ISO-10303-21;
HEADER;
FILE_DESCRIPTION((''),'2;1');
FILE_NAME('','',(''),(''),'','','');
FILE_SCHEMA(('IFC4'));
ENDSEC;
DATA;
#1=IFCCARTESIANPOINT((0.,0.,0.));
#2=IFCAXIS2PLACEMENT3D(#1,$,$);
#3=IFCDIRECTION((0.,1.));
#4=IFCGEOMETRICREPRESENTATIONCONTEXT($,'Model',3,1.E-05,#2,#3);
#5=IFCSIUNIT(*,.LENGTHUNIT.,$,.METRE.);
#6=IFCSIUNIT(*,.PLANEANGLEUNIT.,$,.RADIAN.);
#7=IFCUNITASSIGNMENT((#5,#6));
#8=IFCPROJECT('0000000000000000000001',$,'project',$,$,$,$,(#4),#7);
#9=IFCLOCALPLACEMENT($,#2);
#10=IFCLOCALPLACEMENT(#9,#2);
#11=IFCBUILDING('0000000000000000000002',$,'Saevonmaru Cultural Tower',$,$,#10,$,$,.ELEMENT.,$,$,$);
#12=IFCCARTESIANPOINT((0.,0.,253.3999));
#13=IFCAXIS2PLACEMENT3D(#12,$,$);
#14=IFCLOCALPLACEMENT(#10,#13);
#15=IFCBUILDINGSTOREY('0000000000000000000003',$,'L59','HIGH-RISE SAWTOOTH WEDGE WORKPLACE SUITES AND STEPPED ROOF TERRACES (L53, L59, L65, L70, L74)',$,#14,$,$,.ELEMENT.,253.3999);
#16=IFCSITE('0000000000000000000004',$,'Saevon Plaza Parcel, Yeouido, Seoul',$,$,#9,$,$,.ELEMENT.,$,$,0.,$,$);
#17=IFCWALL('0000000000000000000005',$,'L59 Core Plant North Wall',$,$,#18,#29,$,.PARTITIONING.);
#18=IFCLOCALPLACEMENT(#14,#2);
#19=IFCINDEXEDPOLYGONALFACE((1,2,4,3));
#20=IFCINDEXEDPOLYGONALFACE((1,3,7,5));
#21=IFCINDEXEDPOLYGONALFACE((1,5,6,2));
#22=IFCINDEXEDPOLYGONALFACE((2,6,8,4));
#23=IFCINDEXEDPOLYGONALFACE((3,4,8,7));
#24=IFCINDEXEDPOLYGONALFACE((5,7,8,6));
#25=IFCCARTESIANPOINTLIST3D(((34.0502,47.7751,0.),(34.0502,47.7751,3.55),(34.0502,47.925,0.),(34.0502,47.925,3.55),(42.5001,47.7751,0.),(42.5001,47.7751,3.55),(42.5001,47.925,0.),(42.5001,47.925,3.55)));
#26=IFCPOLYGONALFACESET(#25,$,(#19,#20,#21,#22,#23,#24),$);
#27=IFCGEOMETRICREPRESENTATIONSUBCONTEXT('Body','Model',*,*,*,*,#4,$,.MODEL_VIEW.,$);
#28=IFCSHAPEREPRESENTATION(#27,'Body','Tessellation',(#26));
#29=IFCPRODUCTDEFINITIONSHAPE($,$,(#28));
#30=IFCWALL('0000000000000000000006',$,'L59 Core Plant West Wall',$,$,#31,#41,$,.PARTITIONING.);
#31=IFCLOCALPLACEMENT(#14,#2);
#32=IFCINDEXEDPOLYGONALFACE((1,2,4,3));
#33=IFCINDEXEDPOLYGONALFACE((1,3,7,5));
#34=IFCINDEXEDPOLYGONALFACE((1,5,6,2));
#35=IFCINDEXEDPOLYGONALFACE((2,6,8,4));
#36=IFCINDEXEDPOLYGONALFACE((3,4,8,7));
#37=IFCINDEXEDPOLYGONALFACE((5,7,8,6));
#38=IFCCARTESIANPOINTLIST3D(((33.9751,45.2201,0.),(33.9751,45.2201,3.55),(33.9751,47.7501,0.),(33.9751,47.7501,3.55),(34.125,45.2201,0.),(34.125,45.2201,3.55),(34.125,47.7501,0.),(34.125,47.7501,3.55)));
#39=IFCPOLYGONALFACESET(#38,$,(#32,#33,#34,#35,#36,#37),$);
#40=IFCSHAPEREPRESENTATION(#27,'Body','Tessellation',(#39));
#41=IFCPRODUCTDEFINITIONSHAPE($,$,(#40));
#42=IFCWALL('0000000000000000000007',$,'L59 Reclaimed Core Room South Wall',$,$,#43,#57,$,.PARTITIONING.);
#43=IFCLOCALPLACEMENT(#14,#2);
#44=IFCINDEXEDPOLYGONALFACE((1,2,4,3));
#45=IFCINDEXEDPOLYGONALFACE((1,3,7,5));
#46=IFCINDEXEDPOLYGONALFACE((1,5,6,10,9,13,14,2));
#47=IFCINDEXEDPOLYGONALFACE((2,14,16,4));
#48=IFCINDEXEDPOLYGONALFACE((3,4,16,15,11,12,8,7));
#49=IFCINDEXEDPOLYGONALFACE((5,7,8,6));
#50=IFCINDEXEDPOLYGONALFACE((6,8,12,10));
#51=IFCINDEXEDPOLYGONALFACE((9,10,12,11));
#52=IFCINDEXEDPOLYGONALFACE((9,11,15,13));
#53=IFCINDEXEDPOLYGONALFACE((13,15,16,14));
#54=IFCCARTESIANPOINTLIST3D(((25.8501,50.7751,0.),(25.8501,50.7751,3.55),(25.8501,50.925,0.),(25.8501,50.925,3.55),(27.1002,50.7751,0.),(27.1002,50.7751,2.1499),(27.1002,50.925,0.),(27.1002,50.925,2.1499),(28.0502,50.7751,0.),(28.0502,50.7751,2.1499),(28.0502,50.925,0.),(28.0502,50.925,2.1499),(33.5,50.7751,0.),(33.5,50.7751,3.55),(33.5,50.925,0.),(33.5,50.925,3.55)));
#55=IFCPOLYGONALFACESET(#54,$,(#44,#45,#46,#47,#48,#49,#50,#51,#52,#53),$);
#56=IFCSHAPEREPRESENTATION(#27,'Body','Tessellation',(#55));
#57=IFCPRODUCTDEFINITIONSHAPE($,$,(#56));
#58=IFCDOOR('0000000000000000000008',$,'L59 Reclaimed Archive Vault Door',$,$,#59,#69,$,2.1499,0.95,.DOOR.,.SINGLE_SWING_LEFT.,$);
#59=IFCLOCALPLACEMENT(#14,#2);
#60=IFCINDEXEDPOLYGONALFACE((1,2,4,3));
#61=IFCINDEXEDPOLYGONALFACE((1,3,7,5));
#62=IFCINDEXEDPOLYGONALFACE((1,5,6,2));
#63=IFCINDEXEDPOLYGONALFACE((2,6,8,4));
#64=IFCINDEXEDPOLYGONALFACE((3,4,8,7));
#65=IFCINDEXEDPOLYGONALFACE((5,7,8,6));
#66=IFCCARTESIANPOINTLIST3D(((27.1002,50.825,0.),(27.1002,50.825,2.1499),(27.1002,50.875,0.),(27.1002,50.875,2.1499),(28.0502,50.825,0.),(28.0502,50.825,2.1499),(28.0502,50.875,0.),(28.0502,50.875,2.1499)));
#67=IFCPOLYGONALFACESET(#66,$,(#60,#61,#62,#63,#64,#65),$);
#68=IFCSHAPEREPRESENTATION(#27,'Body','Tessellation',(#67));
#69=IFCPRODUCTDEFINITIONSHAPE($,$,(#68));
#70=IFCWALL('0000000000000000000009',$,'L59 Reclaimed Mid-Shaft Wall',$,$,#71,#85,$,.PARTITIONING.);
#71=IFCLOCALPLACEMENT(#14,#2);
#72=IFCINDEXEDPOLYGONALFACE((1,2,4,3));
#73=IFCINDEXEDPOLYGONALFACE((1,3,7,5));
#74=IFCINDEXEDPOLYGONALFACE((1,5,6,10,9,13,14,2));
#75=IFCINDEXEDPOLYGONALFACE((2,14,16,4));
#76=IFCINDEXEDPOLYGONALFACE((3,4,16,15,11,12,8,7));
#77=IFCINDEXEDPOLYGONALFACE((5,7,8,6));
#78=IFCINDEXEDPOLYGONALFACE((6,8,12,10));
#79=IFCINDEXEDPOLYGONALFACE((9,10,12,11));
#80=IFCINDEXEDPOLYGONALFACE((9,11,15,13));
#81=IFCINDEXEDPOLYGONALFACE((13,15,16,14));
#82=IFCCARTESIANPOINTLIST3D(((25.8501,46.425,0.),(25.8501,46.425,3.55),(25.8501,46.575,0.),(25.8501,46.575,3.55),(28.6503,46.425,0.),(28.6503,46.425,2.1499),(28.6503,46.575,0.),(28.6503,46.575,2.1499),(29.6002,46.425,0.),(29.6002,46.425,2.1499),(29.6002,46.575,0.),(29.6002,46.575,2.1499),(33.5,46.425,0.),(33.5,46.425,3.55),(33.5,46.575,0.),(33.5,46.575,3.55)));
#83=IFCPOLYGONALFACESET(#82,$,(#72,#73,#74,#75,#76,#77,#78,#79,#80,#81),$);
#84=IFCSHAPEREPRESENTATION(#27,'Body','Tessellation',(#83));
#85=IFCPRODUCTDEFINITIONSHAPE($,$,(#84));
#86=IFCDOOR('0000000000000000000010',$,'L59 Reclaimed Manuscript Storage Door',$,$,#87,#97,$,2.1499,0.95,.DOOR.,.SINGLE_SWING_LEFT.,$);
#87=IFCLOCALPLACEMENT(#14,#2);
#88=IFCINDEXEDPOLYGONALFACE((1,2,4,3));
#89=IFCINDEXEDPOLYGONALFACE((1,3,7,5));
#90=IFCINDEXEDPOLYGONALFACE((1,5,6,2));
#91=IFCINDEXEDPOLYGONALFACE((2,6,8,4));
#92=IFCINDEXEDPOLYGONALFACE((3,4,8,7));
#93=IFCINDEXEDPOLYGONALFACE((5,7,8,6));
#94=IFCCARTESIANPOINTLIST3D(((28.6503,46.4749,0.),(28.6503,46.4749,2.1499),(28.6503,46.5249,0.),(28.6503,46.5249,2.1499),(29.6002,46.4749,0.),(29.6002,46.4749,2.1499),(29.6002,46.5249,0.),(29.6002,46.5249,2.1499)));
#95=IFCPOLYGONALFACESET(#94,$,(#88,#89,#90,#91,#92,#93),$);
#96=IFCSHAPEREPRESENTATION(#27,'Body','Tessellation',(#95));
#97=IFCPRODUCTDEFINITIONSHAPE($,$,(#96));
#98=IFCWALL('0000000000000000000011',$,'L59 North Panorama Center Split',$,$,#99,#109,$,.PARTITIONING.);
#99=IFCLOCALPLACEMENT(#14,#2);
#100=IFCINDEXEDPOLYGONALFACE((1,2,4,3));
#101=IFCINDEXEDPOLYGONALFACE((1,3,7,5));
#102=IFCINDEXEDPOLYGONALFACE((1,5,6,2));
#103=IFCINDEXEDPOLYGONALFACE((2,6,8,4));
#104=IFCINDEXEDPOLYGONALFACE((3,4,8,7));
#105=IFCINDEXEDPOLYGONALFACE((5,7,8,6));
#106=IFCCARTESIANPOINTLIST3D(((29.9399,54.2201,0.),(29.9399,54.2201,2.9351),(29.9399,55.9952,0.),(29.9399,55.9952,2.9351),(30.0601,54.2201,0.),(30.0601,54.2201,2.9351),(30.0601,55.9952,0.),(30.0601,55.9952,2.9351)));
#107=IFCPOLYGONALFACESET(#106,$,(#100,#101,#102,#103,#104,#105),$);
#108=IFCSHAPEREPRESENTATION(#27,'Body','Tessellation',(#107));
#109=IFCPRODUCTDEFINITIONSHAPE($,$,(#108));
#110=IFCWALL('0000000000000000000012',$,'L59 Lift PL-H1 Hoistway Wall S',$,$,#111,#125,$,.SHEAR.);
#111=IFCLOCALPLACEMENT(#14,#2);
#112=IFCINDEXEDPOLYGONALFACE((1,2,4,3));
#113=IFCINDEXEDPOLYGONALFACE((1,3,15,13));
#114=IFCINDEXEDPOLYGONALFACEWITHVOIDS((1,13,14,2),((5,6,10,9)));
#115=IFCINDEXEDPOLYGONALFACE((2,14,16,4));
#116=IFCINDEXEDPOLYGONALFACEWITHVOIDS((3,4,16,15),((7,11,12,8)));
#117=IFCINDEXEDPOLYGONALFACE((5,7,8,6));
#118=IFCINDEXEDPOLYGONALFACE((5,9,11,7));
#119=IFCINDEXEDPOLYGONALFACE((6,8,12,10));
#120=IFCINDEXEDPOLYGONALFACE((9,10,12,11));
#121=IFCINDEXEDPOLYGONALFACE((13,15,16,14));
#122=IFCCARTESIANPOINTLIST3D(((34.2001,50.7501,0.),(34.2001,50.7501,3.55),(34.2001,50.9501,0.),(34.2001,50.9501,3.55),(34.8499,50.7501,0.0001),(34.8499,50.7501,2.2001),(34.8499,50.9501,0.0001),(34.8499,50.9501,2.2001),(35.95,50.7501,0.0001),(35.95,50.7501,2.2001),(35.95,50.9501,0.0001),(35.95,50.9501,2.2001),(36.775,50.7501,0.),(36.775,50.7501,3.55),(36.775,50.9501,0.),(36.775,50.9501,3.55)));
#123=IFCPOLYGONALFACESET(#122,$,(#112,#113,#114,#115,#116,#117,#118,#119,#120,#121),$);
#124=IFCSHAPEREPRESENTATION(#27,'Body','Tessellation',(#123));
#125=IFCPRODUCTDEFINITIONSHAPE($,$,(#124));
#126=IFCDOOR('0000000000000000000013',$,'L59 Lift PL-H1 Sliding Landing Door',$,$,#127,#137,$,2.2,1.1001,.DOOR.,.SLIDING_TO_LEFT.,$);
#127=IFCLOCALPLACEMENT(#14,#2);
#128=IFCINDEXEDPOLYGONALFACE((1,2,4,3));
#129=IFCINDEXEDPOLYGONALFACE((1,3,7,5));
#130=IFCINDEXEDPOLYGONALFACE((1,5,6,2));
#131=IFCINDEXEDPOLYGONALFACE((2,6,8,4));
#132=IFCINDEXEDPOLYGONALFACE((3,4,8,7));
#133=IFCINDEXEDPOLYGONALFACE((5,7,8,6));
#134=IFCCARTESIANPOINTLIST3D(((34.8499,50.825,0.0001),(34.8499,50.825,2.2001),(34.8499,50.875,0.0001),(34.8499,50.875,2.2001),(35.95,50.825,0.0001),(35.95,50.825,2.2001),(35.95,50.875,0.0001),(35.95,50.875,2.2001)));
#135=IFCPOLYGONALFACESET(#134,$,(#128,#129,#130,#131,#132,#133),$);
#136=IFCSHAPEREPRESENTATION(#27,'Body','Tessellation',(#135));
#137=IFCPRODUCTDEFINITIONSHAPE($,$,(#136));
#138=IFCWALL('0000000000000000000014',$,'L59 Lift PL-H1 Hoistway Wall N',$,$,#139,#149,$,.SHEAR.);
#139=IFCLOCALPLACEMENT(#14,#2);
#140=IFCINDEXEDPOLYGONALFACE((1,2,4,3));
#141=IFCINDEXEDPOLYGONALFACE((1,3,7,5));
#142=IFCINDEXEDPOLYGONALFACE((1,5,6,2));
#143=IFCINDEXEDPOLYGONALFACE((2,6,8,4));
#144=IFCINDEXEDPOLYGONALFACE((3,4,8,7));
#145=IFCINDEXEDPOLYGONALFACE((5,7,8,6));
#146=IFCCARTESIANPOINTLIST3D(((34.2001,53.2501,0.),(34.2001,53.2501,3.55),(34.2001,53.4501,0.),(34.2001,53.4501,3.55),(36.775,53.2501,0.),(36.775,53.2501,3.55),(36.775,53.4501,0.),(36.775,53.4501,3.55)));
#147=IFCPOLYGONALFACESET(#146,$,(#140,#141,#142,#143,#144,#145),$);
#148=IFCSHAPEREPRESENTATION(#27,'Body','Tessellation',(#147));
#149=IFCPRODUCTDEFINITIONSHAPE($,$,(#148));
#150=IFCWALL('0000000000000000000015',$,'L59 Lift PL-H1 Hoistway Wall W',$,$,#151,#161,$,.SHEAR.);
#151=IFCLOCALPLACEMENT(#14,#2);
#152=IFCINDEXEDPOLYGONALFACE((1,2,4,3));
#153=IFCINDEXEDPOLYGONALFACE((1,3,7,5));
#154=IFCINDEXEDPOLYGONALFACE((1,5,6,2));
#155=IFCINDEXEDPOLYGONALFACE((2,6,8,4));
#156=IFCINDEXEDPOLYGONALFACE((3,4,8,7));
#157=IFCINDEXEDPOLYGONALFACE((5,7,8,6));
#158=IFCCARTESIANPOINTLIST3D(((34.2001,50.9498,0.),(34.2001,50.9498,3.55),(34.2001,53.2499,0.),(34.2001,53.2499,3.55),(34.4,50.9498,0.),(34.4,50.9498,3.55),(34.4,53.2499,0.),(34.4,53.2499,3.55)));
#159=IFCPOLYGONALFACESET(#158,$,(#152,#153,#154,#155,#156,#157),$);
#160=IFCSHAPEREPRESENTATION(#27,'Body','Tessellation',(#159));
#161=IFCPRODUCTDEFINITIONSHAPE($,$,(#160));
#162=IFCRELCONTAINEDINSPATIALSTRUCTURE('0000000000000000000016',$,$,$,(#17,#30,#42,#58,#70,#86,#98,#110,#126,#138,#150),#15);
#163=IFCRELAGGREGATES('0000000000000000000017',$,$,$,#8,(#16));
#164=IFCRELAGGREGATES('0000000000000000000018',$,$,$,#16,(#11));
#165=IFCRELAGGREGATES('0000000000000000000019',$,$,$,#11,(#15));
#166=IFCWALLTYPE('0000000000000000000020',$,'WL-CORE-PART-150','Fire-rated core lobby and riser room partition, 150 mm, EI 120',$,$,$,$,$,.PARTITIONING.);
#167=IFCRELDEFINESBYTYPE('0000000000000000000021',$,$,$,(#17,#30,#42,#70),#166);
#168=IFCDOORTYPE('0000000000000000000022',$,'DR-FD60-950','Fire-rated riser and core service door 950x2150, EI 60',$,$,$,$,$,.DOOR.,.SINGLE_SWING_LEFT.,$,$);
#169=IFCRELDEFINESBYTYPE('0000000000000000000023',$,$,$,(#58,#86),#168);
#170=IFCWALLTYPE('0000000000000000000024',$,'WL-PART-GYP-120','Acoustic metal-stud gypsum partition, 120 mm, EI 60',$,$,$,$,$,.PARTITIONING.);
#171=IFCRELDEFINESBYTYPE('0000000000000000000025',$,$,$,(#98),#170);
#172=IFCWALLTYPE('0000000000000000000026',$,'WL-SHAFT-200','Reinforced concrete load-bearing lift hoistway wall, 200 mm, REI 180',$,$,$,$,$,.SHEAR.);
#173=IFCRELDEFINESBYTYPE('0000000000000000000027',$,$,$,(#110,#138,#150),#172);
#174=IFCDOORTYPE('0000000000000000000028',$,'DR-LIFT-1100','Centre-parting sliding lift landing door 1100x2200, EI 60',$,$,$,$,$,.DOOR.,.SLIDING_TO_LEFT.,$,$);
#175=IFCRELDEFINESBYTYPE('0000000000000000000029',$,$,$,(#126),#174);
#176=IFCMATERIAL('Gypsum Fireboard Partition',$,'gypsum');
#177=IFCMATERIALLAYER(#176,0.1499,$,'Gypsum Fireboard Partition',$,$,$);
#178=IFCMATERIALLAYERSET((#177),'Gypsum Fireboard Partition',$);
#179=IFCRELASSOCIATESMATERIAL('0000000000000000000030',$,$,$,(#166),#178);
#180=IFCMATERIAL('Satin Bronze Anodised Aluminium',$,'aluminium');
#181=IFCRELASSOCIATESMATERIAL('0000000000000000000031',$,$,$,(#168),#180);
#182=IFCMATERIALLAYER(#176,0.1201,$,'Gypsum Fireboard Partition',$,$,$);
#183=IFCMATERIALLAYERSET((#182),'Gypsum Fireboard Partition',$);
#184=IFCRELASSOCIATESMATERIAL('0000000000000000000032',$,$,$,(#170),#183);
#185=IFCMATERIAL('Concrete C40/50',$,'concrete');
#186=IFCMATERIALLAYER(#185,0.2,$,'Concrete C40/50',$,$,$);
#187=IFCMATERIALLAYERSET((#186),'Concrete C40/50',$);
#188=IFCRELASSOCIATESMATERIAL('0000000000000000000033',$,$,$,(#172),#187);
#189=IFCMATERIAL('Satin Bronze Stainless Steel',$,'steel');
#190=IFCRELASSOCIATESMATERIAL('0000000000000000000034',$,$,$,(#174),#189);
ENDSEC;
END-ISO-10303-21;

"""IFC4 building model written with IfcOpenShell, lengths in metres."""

from ifc_helpers import new_model, si_unit, direction, frame, frame_2d, origin, place, context, subcontext, project, spatial, rectangle, extrude, material, layer, layer_set, type_object, element, fill, save


model = new_model("IFC4")

# Units and contexts
model_context = context("Model", 3, precision=1e-05, world=origin(), true_north=direction((0.0, 1.0)))
body_context = subcontext(model_context, "Body", "Model", "MODEL_VIEW")
ifc_project = project(units=[si_unit("LENGTHUNIT", "METRE"), si_unit("PLANEANGLEUNIT", "RADIAN")], contexts=[model_context])

# Site, building, storey
site_placement = place(None, origin())
site = spatial("IfcSite", under=ifc_project, at=site_placement, Name="Saevon Plaza Parcel, Yeouido, Seoul", CompositionType="ELEMENT", RefElevation=0.0)
building_placement = place(site_placement, origin())
building = spatial("IfcBuilding", under=site, at=building_placement, Name="Saevonmaru Cultural Tower", CompositionType="ELEMENT")
storey_placement = place(building_placement, frame((0.0, 0.0, 253.3999)))
storey = spatial("IfcBuildingStorey", under=building, at=storey_placement, Name="L59", Description="HIGH-RISE SAWTOOTH WEDGE WORKPLACE SUITES AND STEPPED ROOF TERRACES (L53, L59, L65, L70, L74)", CompositionType="ELEMENT", Elevation=253.3999)

# Shared definitions
ifc_material_1 = material(Name="Satin Bronze Anodised Aluminium", Category="aluminium")

# Shared definitions
ifc_material_2 = material(Name="Gypsum Fireboard Partition", Category="gypsum")
ifc_layer_1 = layer(ifc_material_2, 0.1499, Name="Gypsum Fireboard Partition")
ifc_layer_set_1 = layer_set([ifc_layer_1], Name="Gypsum Fireboard Partition")
wall_type_1 = type_object("IfcWallType", Name="WL-CORE-PART-150", Description="Fire-rated core lobby and riser room partition, 150 mm, EI 120", PredefinedType="PARTITIONING", material=ifc_layer_set_1)

# Shared definitions
door_type_1 = type_object("IfcDoorType", Name="DR-FD60-950", Description="Fire-rated riser and core service door 950x2150, EI 60", OperationType="SINGLE_SWING_LEFT", PredefinedType="DOOR", material=ifc_material_1)

# Walls
wall_1_placement = place(storey_placement, frame((34.05, 47.8501, 0.0), z_axis=(0.0, 0.0, 1.0), x_axis=(1.0, 0.0, 0.0)))
element("IfcWall", 1, at=wall_1_placement, inside=storey, type_object=wall_type_1, Name="L59 Core Plant North Wall", PredefinedType="PARTITIONING", context=body_context, shape_type="SweptSolid", body=[
    extrude(rectangle(XDim=8.45, YDim=0.1499, at=frame_2d((4.2251, 0.0))), origin(), (0.0, 0.0, 1.0), 3.55),
])
wall_2_placement = place(storey_placement, frame((34.05, 45.22, 0.0), z_axis=(0.0, 0.0, 1.0), x_axis=(0.0, 1.0, 0.0)))
element("IfcWall", 2, at=wall_2_placement, inside=storey, type_object=wall_type_1, Name="L59 Core Plant West Wall", PredefinedType="PARTITIONING", context=body_context, shape_type="SweptSolid", body=[
    extrude(rectangle(XDim=2.53, YDim=0.1499, at=frame_2d((1.2651, 0.0))), origin(), (0.0, 0.0, 1.0), 3.55),
])

# Walls, openings, doors
wall_3_placement = place(storey_placement, frame((25.8501, 50.8501, 0.0), z_axis=(0.0, 0.0, 1.0), x_axis=(1.0, 0.0, 0.0)))
wall_3 = element("IfcWall", 3, at=wall_3_placement, inside=storey, type_object=wall_type_1, Name="L59 Reclaimed Core Room South Wall", PredefinedType="PARTITIONING", context=body_context, shape_type="SweptSolid", body=[
    extrude(rectangle(XDim=7.6499, YDim=0.1499, at=frame_2d((3.825, 0.0))), origin(), (0.0, 0.0, 1.0), 3.55),
])
opening_1_placement = place(wall_3_placement, frame((1.25, 0.0, 0.0)))
opening_1 = element("IfcOpeningElement", 4, at=opening_1_placement, cuts=wall_3, PredefinedType="OPENING", context=body_context, shape_type="SweptSolid", body=[
    extrude(rectangle(XDim=0.95, YDim=2.1499, at=frame_2d((0.4751, 1.075))), frame((0.0, 0.085, 0.0), z_axis=(0.0, -1.0, 0.0), x_axis=(1.0, 0.0, 0.0)), (0.0, 0.0, 1.0), 0.1699),
])
door_1_placement = place(opening_1_placement, origin())
door_1 = element("IfcDoor", 5, at=door_1_placement, inside=storey, type_object=door_type_1, Name="L59 Reclaimed Archive Vault Door", OperationType="SINGLE_SWING_LEFT", OverallHeight=2.1499, OverallWidth=0.95, PredefinedType="DOOR", context=body_context, shape_type="SweptSolid", body=[
    extrude(rectangle(XDim=0.95, YDim=2.1499, at=frame_2d((0.4751, 1.075))), frame((0.0, 0.0249, 0.0), z_axis=(0.0, -1.0, 0.0), x_axis=(1.0, 0.0, 0.0)), (0.0, 0.0, 1.0), 0.05),
])
fill(opening_1, door_1)
wall_4_placement = place(storey_placement, frame((25.8501, 46.5, 0.0), z_axis=(0.0, 0.0, 1.0), x_axis=(1.0, 0.0, 0.0)))
wall_4 = element("IfcWall", 6, at=wall_4_placement, inside=storey, type_object=wall_type_1, Name="L59 Reclaimed Mid-Shaft Wall", PredefinedType="PARTITIONING", context=body_context, shape_type="SweptSolid", body=[
    extrude(rectangle(XDim=7.6499, YDim=0.1499, at=frame_2d((3.825, 0.0))), origin(), (0.0, 0.0, 1.0), 3.55),
])
opening_2_placement = place(wall_4_placement, frame((2.8, 0.0, 0.0)))
opening_2 = element("IfcOpeningElement", 7, at=opening_2_placement, cuts=wall_4, PredefinedType="OPENING", context=body_context, shape_type="SweptSolid", body=[
    extrude(rectangle(XDim=0.95, YDim=2.1499, at=frame_2d((0.4751, 1.075))), frame((0.0, 0.085, 0.0), z_axis=(0.0, -1.0, 0.0), x_axis=(1.0, 0.0, 0.0)), (0.0, 0.0, 1.0), 0.1699),
])
door_2_placement = place(opening_2_placement, origin())
door_2 = element("IfcDoor", 8, at=door_2_placement, inside=storey, type_object=door_type_1, Name="L59 Reclaimed Manuscript Storage Door", OperationType="SINGLE_SWING_LEFT", OverallHeight=2.1499, OverallWidth=0.95, PredefinedType="DOOR", context=body_context, shape_type="SweptSolid", body=[
    extrude(rectangle(XDim=0.95, YDim=2.1499, at=frame_2d((0.4751, 1.075))), frame((0.0, 0.0249, 0.0), z_axis=(0.0, -1.0, 0.0), x_axis=(1.0, 0.0, 0.0)), (0.0, 0.0, 1.0), 0.05),
])
fill(opening_2, door_2)

# Wall
ifc_layer_2 = layer(ifc_material_2, 0.1201, Name="Gypsum Fireboard Partition")
ifc_layer_set_2 = layer_set([ifc_layer_2], Name="Gypsum Fireboard Partition")
wall_type_2 = type_object("IfcWallType", Name="WL-PART-GYP-120", Description="Acoustic metal-stud gypsum partition, 120 mm, EI 60", PredefinedType="PARTITIONING", material=ifc_layer_set_2)
wall_5_placement = place(storey_placement, frame((30.0, 54.22, 0.0), z_axis=(0.0, 0.0, 1.0), x_axis=(0.0, 1.0, 0.0)))
element("IfcWall", 9, at=wall_5_placement, inside=storey, type_object=wall_type_2, Name="L59 North Panorama Center Split", PredefinedType="PARTITIONING", context=body_context, shape_type="SweptSolid", body=[
    extrude(rectangle(XDim=1.7751, YDim=0.1201, at=frame_2d((0.8877, 0.0))), origin(), (0.0, 0.0, 1.0), 2.9351),
])

# Wall, opening, door
ifc_material_3 = material(Name="Concrete C40/50", Category="concrete")
ifc_layer_3 = layer(ifc_material_3, 0.2, Name="Concrete C40/50")
ifc_layer_set_3 = layer_set([ifc_layer_3], Name="Concrete C40/50")
wall_type_3 = type_object("IfcWallType", Name="WL-SHAFT-200", Description="Reinforced concrete load-bearing lift hoistway wall, 200 mm, REI 180", PredefinedType="SHEAR", material=ifc_layer_set_3)
wall_6_placement = place(storey_placement, frame((34.2, 50.8501, 0.0), z_axis=(0.0, 0.0, 1.0), x_axis=(1.0, 0.0, 0.0)))
wall_6 = element("IfcWall", 10, at=wall_6_placement, inside=storey, type_object=wall_type_3, Name="L59 Lift PL-H1 Hoistway Wall S", PredefinedType="SHEAR", context=body_context, shape_type="SweptSolid", body=[
    extrude(rectangle(XDim=2.575, YDim=0.2, at=frame_2d((1.2876, 0.0))), origin(), (0.0, 0.0, 1.0), 3.55),
])
opening_3_placement = place(wall_6_placement, frame((0.6499, 0.0, 0.0)))
opening_3 = element("IfcOpeningElement", 11, at=opening_3_placement, cuts=wall_6, PredefinedType="OPENING", context=body_context, shape_type="SweptSolid", body=[
    extrude(rectangle(XDim=1.1001, YDim=2.2, at=frame_2d((0.55, 1.1001))), frame((0.0, 0.1099, 0.0), z_axis=(0.0, -1.0, 0.0), x_axis=(1.0, 0.0, 0.0)), (0.0, 0.0, 1.0), 0.22),
])
ifc_material_4 = material(Name="Satin Bronze Stainless Steel", Category="steel")
door_type_2 = type_object("IfcDoorType", Name="DR-LIFT-1100", Description="Centre-parting sliding lift landing door 1100x2200, EI 60", OperationType="SLIDING_TO_LEFT", PredefinedType="DOOR", material=ifc_material_4)
door_3_placement = place(opening_3_placement, origin())
door_3 = element("IfcDoor", 12, at=door_3_placement, inside=storey, type_object=door_type_2, Name="L59 Lift PL-H1 Sliding Landing Door", OperationType="SLIDING_TO_LEFT", OverallHeight=2.2, OverallWidth=1.1001, PredefinedType="DOOR", context=body_context, shape_type="SweptSolid", body=[
    extrude(rectangle(XDim=1.1001, YDim=2.2, at=frame_2d((0.55, 1.1001))), frame((0.0, 0.0249, 0.0), z_axis=(0.0, -1.0, 0.0), x_axis=(1.0, 0.0, 0.0)), (0.0, 0.0, 1.0), 0.05),
])
fill(opening_3, door_3)

# Walls
wall_7_placement = place(storey_placement, frame((34.2, 53.3501, 0.0), z_axis=(0.0, 0.0, 1.0), x_axis=(1.0, 0.0, 0.0)))
element("IfcWall", 13, at=wall_7_placement, inside=storey, type_object=wall_type_3, Name="L59 Lift PL-H1 Hoistway Wall N", PredefinedType="SHEAR", context=body_context, shape_type="SweptSolid", body=[
    extrude(rectangle(XDim=2.575, YDim=0.2, at=frame_2d((1.2876, 0.0))), origin(), (0.0, 0.0, 1.0), 3.55),
])
wall_8_placement = place(storey_placement, frame((34.3, 50.95, 0.0), z_axis=(0.0, 0.0, 1.0), x_axis=(0.0, 1.0, 0.0)))
element("IfcWall", 14, at=wall_8_placement, inside=storey, type_object=wall_type_3, Name="L59 Lift PL-H1 Hoistway Wall W", PredefinedType="SHEAR", context=body_context, shape_type="SweptSolid", body=[
    extrude(rectangle(XDim=2.3, YDim=0.2, at=frame_2d((1.1499, 0.0))), origin(), (0.0, 0.0, 1.0), 3.55),
])

save(model, "model.ifc")
